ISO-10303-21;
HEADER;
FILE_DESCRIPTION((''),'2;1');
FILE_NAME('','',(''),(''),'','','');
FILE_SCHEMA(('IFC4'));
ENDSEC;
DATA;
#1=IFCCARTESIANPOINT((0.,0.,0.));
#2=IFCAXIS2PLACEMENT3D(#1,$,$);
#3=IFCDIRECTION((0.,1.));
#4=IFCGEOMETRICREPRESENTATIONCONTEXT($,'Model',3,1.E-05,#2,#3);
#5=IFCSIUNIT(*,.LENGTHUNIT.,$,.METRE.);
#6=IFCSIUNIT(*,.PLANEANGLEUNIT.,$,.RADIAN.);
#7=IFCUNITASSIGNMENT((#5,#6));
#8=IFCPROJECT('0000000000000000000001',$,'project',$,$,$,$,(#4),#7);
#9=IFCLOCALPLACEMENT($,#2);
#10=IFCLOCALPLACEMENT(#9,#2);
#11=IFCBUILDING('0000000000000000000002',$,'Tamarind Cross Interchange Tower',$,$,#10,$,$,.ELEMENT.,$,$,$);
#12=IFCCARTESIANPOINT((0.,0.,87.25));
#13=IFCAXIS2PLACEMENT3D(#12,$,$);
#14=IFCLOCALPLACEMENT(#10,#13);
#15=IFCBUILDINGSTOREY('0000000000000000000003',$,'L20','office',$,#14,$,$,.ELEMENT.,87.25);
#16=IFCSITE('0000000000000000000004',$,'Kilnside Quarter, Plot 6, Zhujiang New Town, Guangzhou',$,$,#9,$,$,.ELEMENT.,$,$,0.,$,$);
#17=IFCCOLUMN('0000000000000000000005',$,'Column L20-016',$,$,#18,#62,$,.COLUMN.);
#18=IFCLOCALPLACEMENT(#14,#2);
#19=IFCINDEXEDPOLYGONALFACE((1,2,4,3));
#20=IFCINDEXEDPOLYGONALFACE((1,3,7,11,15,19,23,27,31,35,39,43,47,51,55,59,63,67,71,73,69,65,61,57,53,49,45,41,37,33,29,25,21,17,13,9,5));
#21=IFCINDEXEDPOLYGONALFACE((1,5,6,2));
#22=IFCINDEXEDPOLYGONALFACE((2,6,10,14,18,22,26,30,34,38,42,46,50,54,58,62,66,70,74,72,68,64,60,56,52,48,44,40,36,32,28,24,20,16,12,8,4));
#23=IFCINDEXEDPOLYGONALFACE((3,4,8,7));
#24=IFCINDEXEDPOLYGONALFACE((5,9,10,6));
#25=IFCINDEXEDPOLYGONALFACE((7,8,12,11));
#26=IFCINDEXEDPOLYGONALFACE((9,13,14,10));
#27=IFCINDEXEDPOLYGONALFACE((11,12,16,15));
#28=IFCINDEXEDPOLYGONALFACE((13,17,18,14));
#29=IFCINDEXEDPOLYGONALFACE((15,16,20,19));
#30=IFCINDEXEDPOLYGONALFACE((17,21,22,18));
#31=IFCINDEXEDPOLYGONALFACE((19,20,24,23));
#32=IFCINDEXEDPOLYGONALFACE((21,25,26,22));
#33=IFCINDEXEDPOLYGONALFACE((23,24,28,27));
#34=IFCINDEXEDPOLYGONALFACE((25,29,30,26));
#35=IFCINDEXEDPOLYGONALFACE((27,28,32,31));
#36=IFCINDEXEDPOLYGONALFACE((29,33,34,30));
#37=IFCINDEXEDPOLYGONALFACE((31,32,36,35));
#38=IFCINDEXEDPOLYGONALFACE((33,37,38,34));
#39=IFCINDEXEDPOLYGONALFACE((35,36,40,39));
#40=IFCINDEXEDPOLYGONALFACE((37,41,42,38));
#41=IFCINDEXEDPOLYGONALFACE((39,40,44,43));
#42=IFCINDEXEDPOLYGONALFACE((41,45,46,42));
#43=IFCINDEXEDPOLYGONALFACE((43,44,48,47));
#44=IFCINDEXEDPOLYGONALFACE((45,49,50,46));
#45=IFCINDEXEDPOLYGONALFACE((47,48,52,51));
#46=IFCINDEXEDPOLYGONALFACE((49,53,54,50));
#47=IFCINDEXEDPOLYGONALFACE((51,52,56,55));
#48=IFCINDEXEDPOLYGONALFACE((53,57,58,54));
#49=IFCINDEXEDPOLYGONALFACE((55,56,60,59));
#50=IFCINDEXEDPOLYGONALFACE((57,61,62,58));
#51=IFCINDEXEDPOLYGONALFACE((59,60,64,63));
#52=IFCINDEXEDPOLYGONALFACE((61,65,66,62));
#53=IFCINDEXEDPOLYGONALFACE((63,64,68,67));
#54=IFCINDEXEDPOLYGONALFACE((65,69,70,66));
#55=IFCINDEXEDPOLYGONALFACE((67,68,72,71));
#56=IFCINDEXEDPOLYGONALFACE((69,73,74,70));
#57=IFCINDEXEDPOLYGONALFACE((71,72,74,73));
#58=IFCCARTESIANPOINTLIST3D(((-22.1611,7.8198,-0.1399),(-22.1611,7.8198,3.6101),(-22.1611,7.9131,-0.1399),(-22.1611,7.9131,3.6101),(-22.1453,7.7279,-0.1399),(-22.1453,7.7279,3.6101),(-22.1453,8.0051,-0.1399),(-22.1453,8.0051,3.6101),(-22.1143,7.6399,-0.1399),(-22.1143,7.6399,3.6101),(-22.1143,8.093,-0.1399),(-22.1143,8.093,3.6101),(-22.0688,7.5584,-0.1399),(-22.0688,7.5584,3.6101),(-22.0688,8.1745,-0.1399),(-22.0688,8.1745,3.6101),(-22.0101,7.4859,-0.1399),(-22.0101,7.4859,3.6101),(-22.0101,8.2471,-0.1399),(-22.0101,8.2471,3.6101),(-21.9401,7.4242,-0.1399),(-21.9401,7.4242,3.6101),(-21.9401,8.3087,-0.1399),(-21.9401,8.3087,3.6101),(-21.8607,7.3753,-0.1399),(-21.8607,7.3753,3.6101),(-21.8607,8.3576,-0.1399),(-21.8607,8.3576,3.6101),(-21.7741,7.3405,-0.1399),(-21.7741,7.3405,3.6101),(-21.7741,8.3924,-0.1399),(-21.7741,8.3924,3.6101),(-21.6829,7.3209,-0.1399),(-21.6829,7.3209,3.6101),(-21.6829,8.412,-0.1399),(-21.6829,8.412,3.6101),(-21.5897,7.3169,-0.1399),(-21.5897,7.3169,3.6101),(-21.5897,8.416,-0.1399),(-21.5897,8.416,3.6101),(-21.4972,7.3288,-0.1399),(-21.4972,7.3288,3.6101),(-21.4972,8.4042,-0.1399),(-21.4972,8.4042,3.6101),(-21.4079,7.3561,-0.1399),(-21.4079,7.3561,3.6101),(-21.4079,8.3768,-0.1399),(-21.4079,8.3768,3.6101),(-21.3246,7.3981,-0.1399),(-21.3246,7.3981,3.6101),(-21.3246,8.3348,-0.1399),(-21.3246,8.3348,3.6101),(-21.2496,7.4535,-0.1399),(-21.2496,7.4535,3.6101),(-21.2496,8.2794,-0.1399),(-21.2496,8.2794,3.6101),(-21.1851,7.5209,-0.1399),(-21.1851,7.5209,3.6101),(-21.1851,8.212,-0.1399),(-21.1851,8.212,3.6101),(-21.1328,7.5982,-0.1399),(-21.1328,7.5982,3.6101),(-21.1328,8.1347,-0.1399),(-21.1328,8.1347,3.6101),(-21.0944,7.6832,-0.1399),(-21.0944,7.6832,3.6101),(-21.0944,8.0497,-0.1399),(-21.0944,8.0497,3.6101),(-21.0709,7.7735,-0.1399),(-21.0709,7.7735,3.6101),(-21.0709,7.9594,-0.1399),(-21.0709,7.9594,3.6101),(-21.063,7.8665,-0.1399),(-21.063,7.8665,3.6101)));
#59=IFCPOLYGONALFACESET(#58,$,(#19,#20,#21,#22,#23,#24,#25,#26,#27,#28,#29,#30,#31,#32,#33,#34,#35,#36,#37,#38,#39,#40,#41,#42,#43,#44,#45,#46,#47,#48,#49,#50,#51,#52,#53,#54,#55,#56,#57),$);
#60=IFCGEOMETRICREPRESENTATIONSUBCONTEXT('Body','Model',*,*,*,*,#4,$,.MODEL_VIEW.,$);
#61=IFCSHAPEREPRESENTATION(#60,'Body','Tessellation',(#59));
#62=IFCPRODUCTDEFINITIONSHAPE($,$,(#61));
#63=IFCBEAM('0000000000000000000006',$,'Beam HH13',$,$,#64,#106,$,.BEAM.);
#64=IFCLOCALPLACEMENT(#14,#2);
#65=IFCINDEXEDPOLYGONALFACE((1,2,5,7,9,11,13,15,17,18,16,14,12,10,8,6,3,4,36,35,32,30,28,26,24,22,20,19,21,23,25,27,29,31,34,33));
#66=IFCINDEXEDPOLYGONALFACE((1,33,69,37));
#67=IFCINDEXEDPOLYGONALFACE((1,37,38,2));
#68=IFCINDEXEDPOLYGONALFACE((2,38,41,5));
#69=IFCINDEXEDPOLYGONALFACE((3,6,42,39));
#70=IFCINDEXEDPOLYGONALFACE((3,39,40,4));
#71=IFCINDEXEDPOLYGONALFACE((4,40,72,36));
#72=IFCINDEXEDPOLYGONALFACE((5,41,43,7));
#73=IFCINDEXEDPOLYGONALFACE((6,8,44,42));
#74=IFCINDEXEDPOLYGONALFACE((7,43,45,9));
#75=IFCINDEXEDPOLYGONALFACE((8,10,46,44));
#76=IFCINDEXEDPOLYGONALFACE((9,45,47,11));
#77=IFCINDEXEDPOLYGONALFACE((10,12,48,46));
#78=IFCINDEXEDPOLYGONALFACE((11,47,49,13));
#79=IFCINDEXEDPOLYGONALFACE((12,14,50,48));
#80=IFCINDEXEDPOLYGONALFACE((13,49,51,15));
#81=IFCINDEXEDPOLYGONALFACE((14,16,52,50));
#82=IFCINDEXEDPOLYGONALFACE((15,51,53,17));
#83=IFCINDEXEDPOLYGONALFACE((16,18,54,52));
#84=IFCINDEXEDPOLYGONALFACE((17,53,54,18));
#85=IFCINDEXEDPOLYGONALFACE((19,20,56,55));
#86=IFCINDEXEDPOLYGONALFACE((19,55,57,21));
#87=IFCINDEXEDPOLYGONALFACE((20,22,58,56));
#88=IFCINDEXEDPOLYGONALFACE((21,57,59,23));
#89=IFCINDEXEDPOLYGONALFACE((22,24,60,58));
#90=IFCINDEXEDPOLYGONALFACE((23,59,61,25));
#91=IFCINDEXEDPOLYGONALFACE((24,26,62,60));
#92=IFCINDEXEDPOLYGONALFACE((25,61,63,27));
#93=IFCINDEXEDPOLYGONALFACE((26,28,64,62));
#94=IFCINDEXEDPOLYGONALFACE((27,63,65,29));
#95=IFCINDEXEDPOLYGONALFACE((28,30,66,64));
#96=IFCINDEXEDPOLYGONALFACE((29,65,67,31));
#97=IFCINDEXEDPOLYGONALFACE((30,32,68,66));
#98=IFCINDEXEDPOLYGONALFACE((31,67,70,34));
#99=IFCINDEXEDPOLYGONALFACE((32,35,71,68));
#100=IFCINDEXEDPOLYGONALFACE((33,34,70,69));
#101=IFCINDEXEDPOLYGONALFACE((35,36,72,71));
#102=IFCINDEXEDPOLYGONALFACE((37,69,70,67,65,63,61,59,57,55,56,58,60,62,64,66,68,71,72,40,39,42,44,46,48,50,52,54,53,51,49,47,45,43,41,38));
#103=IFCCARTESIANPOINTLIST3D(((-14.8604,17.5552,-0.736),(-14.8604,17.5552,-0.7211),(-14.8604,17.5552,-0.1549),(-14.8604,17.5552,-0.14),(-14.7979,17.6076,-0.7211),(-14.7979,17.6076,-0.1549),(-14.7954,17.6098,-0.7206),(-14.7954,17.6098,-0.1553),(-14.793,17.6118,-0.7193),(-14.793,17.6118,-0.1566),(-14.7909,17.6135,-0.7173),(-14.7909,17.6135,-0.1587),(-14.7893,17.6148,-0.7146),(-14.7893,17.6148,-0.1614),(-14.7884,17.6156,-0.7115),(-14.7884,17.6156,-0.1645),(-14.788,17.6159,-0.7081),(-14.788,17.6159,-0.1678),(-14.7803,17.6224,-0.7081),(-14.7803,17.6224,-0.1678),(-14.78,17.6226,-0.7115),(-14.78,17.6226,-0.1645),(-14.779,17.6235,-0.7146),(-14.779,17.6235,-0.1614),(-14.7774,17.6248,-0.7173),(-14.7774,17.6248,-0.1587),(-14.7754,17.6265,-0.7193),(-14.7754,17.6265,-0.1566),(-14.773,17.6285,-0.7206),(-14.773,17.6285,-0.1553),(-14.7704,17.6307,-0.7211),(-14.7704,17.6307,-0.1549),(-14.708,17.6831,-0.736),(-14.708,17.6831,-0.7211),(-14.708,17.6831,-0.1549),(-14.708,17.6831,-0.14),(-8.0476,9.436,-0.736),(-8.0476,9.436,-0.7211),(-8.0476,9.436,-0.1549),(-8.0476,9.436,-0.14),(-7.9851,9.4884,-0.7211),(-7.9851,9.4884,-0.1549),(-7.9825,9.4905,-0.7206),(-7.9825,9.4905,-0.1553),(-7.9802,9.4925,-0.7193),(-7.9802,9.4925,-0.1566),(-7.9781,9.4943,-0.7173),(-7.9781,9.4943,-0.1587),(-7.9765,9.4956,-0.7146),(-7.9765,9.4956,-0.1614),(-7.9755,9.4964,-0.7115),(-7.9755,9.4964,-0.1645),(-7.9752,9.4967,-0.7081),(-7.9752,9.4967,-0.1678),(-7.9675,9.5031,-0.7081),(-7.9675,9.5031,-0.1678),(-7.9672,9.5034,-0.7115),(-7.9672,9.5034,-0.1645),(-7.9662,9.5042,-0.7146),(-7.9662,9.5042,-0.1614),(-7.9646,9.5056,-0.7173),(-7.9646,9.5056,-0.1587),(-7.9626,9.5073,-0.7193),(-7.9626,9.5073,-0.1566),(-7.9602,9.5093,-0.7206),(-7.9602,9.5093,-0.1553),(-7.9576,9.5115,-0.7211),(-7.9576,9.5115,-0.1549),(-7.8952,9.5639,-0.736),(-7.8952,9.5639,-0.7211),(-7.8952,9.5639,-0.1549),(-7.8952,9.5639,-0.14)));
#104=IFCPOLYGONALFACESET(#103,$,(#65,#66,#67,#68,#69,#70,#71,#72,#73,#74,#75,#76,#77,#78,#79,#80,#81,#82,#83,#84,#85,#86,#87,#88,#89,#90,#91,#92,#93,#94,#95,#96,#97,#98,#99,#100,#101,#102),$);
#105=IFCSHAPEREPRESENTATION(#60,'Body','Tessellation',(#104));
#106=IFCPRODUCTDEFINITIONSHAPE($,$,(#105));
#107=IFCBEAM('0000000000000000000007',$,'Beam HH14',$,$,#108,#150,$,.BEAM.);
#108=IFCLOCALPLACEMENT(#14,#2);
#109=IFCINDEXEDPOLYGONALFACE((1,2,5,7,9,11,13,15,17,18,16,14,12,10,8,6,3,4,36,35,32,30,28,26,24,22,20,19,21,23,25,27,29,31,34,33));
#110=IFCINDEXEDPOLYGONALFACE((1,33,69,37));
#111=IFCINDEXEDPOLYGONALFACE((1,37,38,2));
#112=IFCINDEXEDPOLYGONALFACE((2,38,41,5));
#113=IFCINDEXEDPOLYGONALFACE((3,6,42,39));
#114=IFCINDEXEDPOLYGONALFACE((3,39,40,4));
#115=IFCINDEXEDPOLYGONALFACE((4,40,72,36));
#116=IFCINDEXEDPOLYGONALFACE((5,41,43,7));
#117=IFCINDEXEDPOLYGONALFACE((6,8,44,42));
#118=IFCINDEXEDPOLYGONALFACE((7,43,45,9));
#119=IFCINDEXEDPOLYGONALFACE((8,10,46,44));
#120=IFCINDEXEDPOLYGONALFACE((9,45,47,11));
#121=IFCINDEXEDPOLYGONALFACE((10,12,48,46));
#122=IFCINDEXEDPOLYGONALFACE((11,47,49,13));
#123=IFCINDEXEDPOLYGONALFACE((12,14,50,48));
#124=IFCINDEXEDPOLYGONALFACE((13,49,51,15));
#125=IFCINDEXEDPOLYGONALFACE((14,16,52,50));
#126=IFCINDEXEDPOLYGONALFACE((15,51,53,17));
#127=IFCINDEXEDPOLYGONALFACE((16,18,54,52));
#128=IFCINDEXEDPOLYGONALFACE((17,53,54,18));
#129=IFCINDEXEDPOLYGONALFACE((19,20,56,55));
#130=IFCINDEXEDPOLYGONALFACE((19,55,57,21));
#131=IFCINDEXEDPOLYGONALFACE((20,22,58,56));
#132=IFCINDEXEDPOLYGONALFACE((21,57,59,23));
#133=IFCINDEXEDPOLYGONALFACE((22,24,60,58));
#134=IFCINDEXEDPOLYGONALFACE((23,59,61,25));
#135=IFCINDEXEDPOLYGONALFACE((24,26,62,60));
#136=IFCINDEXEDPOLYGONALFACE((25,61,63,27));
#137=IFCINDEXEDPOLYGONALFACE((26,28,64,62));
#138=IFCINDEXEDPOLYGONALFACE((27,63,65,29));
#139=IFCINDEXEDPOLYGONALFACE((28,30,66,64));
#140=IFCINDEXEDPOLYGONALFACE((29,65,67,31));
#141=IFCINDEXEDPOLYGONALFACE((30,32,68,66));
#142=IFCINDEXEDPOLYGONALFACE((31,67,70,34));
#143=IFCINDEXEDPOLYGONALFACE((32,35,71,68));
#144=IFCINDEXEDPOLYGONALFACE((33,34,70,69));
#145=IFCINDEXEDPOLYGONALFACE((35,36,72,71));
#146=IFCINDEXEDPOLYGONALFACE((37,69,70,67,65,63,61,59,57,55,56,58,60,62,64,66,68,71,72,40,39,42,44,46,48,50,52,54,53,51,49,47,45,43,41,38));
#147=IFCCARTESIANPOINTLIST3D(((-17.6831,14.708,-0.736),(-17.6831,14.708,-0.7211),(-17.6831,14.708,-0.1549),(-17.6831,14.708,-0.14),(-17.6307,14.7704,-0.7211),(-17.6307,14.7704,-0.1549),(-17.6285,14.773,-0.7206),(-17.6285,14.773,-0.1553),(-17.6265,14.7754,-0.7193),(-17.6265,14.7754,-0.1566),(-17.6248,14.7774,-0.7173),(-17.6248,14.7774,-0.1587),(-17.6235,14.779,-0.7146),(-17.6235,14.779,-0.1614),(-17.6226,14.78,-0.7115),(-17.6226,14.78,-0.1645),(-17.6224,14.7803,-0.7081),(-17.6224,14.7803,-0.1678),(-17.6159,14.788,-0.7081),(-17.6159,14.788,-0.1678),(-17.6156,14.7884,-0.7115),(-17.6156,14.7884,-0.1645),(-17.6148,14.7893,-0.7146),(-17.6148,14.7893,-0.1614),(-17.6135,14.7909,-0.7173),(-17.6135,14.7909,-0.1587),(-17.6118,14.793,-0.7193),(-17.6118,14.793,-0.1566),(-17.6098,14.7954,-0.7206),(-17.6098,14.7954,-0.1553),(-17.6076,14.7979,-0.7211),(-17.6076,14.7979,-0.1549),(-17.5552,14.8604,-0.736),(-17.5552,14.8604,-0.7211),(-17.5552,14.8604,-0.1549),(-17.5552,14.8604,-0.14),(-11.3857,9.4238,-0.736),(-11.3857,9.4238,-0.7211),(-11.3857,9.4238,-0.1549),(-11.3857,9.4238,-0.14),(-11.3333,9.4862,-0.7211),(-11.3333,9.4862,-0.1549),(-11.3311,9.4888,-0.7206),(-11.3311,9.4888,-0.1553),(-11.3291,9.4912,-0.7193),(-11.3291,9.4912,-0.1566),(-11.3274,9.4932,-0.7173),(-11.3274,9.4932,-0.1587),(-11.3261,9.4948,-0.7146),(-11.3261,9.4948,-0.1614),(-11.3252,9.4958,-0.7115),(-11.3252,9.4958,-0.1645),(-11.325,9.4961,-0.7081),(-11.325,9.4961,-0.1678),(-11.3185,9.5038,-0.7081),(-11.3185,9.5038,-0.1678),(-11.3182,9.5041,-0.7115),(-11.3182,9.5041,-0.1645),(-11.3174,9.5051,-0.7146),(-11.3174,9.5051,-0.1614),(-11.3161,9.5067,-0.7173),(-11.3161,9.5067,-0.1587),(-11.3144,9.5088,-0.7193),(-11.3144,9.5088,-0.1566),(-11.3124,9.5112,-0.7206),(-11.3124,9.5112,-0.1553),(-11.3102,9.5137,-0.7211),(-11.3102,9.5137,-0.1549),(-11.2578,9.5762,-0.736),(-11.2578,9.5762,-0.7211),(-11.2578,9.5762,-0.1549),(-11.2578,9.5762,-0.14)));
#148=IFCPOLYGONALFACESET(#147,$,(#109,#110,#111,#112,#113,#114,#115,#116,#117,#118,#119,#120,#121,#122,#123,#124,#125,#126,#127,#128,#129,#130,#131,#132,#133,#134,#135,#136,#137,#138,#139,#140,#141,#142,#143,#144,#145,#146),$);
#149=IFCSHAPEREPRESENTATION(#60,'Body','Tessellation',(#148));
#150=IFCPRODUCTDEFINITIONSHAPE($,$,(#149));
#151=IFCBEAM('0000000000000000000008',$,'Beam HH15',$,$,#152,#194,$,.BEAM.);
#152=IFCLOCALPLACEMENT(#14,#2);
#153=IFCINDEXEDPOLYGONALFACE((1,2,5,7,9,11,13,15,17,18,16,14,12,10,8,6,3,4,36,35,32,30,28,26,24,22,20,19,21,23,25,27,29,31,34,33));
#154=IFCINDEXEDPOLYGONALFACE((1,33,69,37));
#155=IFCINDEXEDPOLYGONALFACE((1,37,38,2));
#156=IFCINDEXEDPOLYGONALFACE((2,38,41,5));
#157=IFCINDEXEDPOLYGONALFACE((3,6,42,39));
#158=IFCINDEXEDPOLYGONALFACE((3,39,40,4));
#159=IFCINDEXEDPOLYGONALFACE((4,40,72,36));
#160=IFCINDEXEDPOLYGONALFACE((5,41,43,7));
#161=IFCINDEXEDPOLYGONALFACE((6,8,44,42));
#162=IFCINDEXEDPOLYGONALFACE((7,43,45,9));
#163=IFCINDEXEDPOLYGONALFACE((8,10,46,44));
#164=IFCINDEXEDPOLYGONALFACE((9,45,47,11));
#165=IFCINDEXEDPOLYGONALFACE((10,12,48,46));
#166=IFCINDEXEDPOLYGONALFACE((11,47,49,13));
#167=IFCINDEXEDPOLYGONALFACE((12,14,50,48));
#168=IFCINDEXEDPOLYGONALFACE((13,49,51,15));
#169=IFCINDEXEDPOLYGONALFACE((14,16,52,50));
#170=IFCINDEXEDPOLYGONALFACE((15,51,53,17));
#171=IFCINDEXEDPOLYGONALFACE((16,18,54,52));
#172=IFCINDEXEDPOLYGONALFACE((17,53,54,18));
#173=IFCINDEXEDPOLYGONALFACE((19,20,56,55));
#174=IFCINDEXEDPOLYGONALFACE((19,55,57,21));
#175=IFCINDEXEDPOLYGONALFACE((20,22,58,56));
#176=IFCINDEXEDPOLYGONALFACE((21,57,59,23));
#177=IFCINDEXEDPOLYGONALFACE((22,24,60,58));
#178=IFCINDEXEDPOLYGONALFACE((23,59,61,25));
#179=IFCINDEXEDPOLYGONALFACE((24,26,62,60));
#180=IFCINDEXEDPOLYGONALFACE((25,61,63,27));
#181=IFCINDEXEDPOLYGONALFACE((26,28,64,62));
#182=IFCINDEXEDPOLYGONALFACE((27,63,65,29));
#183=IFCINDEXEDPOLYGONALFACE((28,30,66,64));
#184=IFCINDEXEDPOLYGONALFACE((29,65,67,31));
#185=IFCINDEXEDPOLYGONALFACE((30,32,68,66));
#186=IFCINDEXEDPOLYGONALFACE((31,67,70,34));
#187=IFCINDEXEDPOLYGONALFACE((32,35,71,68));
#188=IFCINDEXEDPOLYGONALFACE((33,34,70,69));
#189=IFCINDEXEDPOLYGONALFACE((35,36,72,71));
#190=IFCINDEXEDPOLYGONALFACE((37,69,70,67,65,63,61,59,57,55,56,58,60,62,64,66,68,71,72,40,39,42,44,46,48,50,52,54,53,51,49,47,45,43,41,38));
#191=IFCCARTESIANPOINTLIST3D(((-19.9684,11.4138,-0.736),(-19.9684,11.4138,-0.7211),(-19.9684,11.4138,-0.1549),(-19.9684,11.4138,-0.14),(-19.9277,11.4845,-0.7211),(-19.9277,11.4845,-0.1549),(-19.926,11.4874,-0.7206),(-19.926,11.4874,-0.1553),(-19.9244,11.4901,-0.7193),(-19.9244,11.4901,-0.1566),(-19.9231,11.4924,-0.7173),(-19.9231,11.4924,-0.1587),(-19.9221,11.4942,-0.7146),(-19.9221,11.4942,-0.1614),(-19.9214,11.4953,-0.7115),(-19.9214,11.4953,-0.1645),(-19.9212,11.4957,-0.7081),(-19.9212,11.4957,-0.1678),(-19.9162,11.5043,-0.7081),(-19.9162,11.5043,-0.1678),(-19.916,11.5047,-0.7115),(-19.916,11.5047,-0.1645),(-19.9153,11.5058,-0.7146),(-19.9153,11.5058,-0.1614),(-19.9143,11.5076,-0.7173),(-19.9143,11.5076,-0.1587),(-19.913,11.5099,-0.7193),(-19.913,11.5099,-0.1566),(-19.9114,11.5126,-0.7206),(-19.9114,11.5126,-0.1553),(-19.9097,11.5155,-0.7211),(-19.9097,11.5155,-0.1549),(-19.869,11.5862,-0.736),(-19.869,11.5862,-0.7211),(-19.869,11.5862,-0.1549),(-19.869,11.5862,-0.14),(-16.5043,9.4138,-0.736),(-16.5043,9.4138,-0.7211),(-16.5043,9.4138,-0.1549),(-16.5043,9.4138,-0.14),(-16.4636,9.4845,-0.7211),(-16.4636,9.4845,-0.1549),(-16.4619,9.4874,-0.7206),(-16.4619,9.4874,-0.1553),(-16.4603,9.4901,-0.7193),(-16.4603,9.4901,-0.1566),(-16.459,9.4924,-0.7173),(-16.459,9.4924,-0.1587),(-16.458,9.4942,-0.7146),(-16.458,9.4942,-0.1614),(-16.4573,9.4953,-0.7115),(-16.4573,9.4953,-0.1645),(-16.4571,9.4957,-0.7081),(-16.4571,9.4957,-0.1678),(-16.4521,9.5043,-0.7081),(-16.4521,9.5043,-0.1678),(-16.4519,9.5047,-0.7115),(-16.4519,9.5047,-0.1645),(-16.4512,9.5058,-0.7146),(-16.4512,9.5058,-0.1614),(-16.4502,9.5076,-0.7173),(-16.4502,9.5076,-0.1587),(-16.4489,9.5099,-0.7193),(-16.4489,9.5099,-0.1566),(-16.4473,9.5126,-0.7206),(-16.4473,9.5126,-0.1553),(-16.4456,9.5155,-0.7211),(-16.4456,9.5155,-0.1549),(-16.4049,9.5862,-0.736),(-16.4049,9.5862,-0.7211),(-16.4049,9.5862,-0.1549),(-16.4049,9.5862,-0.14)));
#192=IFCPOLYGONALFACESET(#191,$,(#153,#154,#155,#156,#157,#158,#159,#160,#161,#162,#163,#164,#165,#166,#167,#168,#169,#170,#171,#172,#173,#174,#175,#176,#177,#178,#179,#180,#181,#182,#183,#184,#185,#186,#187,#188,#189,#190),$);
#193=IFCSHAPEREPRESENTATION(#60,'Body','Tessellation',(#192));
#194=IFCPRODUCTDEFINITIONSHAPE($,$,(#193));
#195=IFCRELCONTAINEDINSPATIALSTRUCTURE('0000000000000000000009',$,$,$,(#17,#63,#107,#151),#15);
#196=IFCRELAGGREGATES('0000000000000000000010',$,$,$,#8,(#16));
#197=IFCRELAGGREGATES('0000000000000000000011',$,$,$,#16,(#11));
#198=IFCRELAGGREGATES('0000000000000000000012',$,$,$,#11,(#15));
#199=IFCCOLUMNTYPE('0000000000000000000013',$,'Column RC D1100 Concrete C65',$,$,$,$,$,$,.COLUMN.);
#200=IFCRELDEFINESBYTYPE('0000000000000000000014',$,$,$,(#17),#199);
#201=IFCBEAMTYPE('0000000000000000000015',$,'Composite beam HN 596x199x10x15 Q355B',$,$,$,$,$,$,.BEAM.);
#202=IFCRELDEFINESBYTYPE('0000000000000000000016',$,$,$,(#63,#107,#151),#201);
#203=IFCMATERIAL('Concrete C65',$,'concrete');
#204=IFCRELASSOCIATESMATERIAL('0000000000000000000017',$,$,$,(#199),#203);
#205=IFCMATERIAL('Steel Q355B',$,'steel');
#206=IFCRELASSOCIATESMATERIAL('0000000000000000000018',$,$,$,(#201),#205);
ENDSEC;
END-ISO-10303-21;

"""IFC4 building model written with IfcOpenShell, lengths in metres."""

from ifc_helpers import new_model, si_unit, direction, frame, origin, origin_2d, place, context, subcontext, project, spatial, circle, i_section, extrude, material, material_profile, profile_set, type_object, element, save


model = new_model("IFC4")

# Units and contexts
model_context = context("Model", 3, precision=1e-05, world=origin(), true_north=direction((0.0, 1.0)))
body_context = subcontext(model_context, "Body", "Model", "MODEL_VIEW")
ifc_project = project(units=[si_unit("LENGTHUNIT", "METRE"), si_unit("PLANEANGLEUNIT", "RADIAN")], contexts=[model_context])

# Site, building, storey
site_placement = place(None, origin())
site = spatial("IfcSite", under=ifc_project, at=site_placement, Name="Kilnside Quarter, Plot 6, Zhujiang New Town, Guangzhou", CompositionType="ELEMENT", RefElevation=0.0)
building_placement = place(site_placement, origin())
building = spatial("IfcBuilding", under=site, at=building_placement, Name="Tamarind Cross Interchange Tower", CompositionType="ELEMENT")
storey_placement = place(building_placement, frame((0.0, 0.0, 87.25)))
storey = spatial("IfcBuildingStorey", under=building, at=storey_placement, Name="L20", Description="office", CompositionType="ELEMENT", Elevation=87.25)

# Column
ifc_material_1 = material(Name="Concrete C65", Category="concrete")
ifc_material_profile_1 = material_profile(ifc_material_1, circle(Radius=0.55, at=origin_2d()), Name="RC D1100")
ifc_profile_set_1 = profile_set([ifc_material_profile_1], Name="Concrete C65")
column_type = type_object("IfcColumnType", Name="Column RC D1100 Concrete C65", PredefinedType="COLUMN", material=ifc_profile_set_1)
for number, where, z_axis, x_axis, name in (
    (1, (-21.613, 7.8665, -0.1399), (0.0, 0.0, 1.0), (1.0, 0.0, 0.0), "Column L20-016"),
):
    element("IfcColumn", number, at=place(storey_placement, frame(where, z_axis=z_axis, x_axis=x_axis)), inside=storey, type_object=column_type, Name=name, PredefinedType="COLUMN", context=body_context, shape_type="SweptSolid", body=[
        extrude(circle(Radius=0.55, at=origin_2d()), origin(), (0.0, 0.0, 1.0), 3.75),
    ])

# Beams
ifc_material_2 = material(Name="Steel Q355B", Category="steel")
ifc_material_profile_2 = material_profile(ifc_material_2, i_section(OverallWidth=0.199, OverallDepth=0.5959, WebThickness=0.01, FlangeThickness=0.0149, FilletRadius=0.0129, at=origin_2d()), Name="HN 596x199x10x15")
ifc_profile_set_2 = profile_set([ifc_material_profile_2], Name="Steel Q355B")
beam_type = type_object("IfcBeamType", Name="Composite beam HN 596x199x10x15 Q355B", PredefinedType="BEAM", material=ifc_profile_set_2)
beam_1_placement = place(storey_placement, frame((-14.7842, 17.6191, -0.438), z_axis=(0.642786, -0.766046, 0.0), x_axis=(0.766046, 0.642786, 0.0)))
element("IfcBeam", 2, at=beam_1_placement, inside=storey, type_object=beam_type, Name="Beam HH13", PredefinedType="BEAM", context=body_context, shape_type="SweptSolid", body=[
    extrude(i_section(OverallWidth=0.199, OverallDepth=0.5959, WebThickness=0.01, FlangeThickness=0.0149, FilletRadius=0.0129, at=origin_2d()), origin(), (0.0, 0.0, 1.0), 10.5989),
])
beam_2_placement = place(storey_placement, frame((-17.6191, 14.7842, -0.438), z_axis=(0.766041, -0.642792, 0.0), x_axis=(0.642792, 0.766041, 0.0)))
element("IfcBeam", 3, at=beam_2_placement, inside=storey, type_object=beam_type, Name="Beam HH14", PredefinedType="BEAM", context=body_context, shape_type="SweptSolid", body=[
    extrude(i_section(OverallWidth=0.199, OverallDepth=0.5959, WebThickness=0.01, FlangeThickness=0.0149, FilletRadius=0.0129, at=origin_2d()), origin(), (0.0, 0.0, 1.0), 8.2207),
])
beam_3_placement = place(storey_placement, frame((-19.9187, 11.5, -0.438), z_axis=(0.866026, -0.499999, 0.0), x_axis=(0.499999, 0.866026, 0.0)))
element("IfcBeam", 4, at=beam_3_placement, inside=storey, type_object=beam_type, Name="Beam HH15", PredefinedType="BEAM", context=body_context, shape_type="SweptSolid", body=[
    extrude(i_section(OverallWidth=0.199, OverallDepth=0.5959, WebThickness=0.01, FlangeThickness=0.0149, FilletRadius=0.0129, at=origin_2d()), origin(), (0.0, 0.0, 1.0), 4.0),
])

save(model, "model.ifc")
